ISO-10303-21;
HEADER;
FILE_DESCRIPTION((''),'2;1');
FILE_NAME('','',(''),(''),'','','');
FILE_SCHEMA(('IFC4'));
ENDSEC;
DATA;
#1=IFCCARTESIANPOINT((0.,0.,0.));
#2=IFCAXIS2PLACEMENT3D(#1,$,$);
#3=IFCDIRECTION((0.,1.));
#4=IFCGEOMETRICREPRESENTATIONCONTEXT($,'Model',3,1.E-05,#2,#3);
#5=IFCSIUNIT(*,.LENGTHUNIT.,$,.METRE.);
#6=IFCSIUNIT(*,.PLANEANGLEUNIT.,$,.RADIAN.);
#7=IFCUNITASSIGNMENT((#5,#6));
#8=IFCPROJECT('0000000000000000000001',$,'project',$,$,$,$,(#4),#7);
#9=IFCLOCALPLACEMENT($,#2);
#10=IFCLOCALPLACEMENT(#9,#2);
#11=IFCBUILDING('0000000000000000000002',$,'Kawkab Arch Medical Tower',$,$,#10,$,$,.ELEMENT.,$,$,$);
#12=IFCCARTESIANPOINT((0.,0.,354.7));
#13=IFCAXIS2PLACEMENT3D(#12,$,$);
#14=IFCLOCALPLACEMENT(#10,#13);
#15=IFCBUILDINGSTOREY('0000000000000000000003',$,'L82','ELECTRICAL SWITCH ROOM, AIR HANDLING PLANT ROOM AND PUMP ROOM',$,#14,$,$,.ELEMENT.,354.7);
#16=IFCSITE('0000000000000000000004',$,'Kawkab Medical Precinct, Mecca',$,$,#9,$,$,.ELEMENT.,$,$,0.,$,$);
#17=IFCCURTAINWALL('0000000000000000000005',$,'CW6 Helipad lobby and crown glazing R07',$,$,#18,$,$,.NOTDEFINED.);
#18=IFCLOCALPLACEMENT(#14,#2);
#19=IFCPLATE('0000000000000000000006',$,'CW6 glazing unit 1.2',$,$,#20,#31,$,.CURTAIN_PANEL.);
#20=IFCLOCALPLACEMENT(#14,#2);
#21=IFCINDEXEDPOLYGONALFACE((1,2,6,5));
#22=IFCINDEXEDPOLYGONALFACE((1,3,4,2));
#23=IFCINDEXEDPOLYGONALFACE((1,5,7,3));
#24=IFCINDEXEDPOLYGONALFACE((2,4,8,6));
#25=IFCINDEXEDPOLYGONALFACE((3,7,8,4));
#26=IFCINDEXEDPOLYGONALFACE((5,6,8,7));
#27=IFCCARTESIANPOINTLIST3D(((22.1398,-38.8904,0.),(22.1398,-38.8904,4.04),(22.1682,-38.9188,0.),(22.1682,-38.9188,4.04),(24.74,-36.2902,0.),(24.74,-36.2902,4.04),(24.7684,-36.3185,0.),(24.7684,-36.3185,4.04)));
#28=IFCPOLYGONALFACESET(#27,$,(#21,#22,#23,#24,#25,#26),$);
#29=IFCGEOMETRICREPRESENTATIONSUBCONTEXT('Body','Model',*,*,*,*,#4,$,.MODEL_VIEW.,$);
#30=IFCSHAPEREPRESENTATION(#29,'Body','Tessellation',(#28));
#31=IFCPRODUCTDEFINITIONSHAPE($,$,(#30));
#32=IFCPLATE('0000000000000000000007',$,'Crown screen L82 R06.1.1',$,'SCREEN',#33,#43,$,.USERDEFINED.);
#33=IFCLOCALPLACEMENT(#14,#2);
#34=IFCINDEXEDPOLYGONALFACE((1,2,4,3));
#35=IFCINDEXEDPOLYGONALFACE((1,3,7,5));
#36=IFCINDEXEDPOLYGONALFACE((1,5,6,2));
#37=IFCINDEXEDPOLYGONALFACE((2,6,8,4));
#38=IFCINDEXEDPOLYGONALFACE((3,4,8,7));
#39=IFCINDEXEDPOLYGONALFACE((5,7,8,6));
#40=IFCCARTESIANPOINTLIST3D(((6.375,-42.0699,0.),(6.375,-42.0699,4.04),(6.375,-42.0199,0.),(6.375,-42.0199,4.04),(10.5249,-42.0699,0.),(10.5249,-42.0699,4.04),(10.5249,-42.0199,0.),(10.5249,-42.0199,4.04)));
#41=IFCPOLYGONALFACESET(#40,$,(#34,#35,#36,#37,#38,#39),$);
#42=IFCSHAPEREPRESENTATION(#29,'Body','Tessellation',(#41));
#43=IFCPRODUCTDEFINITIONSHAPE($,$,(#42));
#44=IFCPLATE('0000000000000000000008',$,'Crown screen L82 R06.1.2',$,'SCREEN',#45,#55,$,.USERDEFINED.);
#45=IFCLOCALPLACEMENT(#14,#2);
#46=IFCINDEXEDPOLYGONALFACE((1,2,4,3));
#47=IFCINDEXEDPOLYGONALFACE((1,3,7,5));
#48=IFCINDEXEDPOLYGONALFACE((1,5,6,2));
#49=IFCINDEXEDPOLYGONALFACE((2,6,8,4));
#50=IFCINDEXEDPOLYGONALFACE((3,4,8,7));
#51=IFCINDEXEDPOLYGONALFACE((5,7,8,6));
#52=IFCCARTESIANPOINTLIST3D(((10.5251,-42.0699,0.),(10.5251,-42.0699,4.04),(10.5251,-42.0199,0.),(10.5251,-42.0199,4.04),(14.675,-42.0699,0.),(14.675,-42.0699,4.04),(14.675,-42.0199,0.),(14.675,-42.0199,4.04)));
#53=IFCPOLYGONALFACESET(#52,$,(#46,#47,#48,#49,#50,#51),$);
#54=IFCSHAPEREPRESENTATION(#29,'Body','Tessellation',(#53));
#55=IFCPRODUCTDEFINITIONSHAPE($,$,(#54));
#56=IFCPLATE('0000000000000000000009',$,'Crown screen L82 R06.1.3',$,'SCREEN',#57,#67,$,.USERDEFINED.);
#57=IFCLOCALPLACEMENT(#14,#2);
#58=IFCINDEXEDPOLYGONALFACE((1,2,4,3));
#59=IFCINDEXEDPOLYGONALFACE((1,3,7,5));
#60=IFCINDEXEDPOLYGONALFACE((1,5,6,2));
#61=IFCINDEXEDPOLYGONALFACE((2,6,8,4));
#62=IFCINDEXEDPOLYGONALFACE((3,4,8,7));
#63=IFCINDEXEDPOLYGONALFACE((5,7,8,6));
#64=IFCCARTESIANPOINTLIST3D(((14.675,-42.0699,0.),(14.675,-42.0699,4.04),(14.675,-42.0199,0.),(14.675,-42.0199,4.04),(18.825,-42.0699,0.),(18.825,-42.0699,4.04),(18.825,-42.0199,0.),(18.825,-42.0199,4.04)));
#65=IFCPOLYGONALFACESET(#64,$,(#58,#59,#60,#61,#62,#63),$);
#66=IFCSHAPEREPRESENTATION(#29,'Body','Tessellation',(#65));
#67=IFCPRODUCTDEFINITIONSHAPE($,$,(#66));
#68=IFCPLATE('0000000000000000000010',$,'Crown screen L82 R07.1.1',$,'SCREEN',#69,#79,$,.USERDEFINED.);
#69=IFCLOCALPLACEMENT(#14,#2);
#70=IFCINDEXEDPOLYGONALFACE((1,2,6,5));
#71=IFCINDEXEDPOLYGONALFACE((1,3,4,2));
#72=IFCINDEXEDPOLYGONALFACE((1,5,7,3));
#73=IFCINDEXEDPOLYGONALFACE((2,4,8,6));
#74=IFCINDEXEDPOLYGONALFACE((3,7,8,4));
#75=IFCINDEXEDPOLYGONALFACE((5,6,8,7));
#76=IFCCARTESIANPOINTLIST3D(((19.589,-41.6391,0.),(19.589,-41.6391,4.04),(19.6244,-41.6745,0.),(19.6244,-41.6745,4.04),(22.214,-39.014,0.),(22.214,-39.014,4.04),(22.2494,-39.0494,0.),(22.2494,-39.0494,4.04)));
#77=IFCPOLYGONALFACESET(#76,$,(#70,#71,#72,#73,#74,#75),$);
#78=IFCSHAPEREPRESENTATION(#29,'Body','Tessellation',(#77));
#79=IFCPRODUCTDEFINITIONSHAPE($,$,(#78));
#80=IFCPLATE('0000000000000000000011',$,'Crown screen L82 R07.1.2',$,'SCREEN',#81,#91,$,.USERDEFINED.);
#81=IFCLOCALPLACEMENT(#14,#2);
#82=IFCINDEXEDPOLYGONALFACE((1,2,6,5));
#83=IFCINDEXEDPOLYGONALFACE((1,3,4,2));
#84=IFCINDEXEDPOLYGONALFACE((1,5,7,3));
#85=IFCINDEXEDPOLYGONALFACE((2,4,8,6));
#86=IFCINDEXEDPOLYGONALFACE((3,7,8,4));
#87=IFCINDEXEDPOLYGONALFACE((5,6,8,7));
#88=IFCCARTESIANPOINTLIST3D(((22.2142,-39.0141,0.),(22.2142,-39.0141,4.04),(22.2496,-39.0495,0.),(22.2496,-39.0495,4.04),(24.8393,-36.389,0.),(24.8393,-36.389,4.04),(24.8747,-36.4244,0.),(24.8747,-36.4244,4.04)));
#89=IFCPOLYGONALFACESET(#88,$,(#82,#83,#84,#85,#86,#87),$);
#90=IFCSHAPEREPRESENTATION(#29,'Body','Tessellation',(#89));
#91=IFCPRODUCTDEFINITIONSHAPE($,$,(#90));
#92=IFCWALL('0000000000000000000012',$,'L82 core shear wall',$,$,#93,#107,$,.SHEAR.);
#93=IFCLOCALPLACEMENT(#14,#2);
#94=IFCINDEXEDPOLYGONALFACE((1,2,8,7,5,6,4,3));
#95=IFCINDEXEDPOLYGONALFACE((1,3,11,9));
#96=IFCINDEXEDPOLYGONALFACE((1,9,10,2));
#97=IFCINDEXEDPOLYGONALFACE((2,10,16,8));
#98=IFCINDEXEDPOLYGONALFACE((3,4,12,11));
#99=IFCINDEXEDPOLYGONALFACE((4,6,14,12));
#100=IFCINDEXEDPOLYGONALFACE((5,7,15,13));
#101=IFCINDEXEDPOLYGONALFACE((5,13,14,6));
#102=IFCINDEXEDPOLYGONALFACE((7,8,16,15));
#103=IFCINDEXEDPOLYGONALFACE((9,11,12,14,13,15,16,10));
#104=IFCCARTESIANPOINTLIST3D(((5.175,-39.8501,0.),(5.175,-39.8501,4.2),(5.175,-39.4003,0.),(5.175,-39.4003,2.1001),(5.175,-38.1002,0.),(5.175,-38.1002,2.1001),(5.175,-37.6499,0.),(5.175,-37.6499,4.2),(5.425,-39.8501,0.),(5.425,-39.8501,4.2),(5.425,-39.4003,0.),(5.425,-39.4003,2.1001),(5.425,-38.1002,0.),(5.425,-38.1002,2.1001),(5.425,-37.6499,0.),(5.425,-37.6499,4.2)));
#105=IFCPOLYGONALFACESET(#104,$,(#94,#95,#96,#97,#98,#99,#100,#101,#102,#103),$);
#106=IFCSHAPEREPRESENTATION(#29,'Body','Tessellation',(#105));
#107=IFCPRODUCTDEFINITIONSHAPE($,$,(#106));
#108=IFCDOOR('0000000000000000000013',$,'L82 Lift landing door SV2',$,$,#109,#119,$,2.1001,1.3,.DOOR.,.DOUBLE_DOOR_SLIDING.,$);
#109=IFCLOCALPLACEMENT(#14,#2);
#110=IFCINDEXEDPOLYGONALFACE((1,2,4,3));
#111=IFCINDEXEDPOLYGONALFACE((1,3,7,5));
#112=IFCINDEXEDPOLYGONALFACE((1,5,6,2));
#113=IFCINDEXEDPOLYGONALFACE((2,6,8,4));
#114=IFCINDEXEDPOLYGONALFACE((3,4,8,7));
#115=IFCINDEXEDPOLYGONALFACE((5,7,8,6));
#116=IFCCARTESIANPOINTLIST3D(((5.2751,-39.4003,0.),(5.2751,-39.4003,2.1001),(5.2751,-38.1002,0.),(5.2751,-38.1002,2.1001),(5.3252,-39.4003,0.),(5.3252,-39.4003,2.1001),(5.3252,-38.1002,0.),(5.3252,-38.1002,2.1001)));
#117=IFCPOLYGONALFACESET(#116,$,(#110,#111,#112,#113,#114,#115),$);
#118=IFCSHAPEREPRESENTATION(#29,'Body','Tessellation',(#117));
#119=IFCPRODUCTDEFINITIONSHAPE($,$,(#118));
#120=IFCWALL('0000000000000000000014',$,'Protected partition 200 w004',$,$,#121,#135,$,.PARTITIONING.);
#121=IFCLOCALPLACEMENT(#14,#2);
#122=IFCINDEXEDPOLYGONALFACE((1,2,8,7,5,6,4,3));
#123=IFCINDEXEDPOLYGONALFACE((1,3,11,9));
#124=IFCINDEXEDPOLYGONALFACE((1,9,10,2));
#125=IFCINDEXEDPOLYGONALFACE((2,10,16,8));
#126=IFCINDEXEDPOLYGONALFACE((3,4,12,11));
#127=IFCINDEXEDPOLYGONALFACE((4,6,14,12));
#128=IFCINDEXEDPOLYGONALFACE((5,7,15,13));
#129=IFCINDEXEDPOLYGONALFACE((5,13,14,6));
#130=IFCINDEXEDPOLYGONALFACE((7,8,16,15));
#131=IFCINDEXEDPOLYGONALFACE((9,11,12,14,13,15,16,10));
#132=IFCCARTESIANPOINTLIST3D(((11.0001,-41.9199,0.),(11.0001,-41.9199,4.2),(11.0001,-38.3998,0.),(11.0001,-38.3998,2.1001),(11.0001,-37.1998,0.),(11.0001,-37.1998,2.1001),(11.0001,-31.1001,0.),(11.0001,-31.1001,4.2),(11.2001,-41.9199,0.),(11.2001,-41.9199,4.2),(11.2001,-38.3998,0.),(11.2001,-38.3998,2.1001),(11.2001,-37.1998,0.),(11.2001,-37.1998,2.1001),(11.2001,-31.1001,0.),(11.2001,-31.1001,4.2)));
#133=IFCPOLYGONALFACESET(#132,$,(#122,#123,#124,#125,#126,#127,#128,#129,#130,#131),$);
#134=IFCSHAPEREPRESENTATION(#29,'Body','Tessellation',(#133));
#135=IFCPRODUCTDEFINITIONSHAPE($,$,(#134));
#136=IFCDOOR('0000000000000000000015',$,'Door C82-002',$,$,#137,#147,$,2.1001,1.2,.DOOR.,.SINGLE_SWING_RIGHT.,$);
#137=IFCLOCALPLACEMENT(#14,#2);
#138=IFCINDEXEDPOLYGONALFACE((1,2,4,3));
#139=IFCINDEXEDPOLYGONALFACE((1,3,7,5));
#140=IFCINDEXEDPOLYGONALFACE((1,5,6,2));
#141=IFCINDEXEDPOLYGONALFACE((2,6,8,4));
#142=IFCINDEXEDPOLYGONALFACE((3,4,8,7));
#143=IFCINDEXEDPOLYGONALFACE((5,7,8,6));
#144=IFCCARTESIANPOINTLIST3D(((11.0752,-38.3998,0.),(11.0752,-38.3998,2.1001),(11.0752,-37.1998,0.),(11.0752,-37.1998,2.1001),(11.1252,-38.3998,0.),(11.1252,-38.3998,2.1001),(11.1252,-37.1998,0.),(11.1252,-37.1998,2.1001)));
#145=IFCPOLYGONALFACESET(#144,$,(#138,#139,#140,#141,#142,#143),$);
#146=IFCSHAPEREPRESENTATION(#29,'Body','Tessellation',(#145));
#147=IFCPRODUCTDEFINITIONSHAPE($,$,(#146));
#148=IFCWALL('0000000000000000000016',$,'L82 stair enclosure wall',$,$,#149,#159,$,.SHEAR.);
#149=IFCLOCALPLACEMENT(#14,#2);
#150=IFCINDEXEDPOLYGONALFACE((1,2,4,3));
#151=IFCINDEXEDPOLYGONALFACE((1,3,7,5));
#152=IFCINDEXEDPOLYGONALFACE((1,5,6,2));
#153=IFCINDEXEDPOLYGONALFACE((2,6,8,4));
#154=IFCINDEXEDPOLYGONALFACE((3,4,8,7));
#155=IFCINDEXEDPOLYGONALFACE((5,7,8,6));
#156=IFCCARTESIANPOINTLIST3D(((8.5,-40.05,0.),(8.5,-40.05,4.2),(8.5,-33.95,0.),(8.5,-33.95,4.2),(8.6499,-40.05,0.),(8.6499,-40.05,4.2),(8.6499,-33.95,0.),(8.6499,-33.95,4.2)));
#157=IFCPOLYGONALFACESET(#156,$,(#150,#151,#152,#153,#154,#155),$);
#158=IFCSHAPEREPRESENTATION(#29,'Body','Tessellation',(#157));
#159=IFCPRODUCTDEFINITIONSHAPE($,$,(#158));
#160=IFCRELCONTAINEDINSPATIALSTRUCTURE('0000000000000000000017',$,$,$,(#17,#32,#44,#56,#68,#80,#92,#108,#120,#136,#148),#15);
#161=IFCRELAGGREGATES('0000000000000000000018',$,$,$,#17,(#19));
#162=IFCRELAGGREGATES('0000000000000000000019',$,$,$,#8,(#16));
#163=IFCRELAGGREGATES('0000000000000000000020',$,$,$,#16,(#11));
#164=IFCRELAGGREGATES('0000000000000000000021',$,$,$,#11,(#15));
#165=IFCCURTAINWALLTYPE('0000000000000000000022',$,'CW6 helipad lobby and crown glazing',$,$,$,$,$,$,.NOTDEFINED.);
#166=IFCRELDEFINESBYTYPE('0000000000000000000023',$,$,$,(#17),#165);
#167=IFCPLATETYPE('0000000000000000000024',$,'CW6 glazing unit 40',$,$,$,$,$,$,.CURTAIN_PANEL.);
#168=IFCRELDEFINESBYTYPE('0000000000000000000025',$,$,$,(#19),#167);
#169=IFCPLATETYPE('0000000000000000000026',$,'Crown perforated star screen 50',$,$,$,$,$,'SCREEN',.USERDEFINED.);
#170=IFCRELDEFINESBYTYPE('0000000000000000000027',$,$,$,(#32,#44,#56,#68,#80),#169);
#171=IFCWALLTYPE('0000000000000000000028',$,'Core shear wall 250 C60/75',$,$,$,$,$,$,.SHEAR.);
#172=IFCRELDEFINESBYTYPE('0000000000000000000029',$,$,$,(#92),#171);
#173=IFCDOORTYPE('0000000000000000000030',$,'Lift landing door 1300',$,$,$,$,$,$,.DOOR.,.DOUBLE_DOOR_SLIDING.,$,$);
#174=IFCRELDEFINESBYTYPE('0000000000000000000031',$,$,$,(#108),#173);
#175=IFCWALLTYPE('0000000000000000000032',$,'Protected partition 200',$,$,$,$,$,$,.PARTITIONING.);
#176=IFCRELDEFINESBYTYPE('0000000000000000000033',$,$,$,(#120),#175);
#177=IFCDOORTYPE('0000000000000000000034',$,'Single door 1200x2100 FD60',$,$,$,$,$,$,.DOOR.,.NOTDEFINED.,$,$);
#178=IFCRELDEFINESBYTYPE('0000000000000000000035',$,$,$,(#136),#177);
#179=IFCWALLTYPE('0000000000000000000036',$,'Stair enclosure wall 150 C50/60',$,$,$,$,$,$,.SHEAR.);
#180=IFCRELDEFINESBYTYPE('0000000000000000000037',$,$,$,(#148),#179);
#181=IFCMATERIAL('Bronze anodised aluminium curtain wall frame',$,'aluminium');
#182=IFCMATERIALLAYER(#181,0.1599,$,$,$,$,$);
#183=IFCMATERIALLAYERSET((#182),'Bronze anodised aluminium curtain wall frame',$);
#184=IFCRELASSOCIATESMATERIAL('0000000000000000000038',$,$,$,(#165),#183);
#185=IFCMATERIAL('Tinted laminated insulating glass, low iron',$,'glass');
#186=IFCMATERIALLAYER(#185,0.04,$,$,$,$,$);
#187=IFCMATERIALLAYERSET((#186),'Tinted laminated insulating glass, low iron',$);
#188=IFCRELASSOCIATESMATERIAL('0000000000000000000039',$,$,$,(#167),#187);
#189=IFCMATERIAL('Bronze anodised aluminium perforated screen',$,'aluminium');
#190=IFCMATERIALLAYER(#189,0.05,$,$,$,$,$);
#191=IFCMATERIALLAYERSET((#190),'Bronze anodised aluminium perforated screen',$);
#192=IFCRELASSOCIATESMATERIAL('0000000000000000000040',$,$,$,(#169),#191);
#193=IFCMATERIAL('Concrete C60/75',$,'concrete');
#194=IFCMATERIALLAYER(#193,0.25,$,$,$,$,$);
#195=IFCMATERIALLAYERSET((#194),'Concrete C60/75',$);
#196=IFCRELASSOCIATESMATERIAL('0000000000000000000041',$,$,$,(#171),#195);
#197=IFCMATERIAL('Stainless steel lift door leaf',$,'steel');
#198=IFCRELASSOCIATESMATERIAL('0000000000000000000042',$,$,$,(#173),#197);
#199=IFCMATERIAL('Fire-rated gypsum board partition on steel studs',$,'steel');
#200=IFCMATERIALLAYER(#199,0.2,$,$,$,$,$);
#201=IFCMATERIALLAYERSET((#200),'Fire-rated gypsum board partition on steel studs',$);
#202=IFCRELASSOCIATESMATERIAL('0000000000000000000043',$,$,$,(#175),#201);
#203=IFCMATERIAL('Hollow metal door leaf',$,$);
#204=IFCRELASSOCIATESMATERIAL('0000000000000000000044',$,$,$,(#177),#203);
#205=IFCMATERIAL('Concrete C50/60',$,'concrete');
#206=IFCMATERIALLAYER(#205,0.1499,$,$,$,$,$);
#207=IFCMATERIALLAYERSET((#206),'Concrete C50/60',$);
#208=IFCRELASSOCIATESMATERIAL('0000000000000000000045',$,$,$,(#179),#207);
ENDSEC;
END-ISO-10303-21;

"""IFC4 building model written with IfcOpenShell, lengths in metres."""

from ifc_helpers import new_model, si_unit, direction, frame, frame_2d, origin, origin_2d, place, context, subcontext, project, spatial, rectangle, extrude, material, layer, layer_set, type_object, element, fill, aggregate, save


model = new_model("IFC4")

# Units and contexts
model_context = context("Model", 3, precision=1e-05, world=origin(), true_north=direction((0.0, 1.0)))
body_context = subcontext(model_context, "Body", "Model", "MODEL_VIEW")
ifc_project = project(units=[si_unit("LENGTHUNIT", "METRE"), si_unit("PLANEANGLEUNIT", "RADIAN")], contexts=[model_context])

# Site, building, storey
site_placement = place(None, origin())
site = spatial("IfcSite", under=ifc_project, at=site_placement, Name="Kawkab Medical Precinct, Mecca", CompositionType="ELEMENT", RefElevation=0.0)
building_placement = place(site_placement, origin())
building = spatial("IfcBuilding", under=site, at=building_placement, Name="Kawkab Arch Medical Tower", CompositionType="ELEMENT")
storey_placement = place(building_placement, frame((0.0, 0.0, 354.7)))
storey = spatial("IfcBuildingStorey", under=building, at=storey_placement, Name="L82", Description="ELECTRICAL SWITCH ROOM, AIR HANDLING PLANT ROOM AND PUMP ROOM", CompositionType="ELEMENT", Elevation=354.7)

# Shared definitions
ifc_material_1 = material(Name="Bronze anodised aluminium curtain wall frame", Category="aluminium")
ifc_layer_1 = layer(ifc_material_1, 0.1599)
ifc_layer_set_1 = layer_set([ifc_layer_1], Name="Bronze anodised aluminium curtain wall frame")
curtain_wall_type = type_object("IfcCurtainWallType", Name="CW6 helipad lobby and crown glazing", PredefinedType="NOTDEFINED", material=ifc_layer_set_1)
placement = place(storey_placement, origin())

# Curtain wall
curtain_wall_1 = element("IfcCurtainWall", 1, at=placement, inside=storey, type_object=curtain_wall_type, Name="CW6 Helipad lobby and crown glazing R07", PredefinedType="NOTDEFINED")

# Plate
ifc_material_2 = material(Name="Tinted laminated insulating glass, low iron", Category="glass")
ifc_layer_2 = layer(ifc_material_2, 0.04)
ifc_layer_set_2 = layer_set([ifc_layer_2], Name="Tinted laminated insulating glass, low iron")
plate_type_1 = type_object("IfcPlateType", Name="CW6 glazing unit 40", PredefinedType="CURTAIN_PANEL", material=ifc_layer_set_2)
plate_1_placement = place(storey_placement, frame((23.4541, -37.6045, 0.0), z_axis=(0.0, 0.0, 1.0), x_axis=(0.707107, 0.707107, 0.0)))
plate_1 = element("IfcPlate", 2, at=plate_1_placement, type_object=plate_type_1, Name="CW6 glazing unit 1.2", PredefinedType="CURTAIN_PANEL", context=body_context, shape_type="SweptSolid", body=[
    extrude(rectangle(XDim=3.6772, YDim=0.04, at=origin_2d()), origin(), (0.0, 0.0, 1.0), 4.04),
])
aggregate(curtain_wall_1, [plate_1])

# Plates
ifc_material_3 = material(Name="Bronze anodised aluminium perforated screen", Category="aluminium")
ifc_layer_3 = layer(ifc_material_3, 0.05)
ifc_layer_set_3 = layer_set([ifc_layer_3], Name="Bronze anodised aluminium perforated screen")
plate_type_2 = type_object("IfcPlateType", Name="Crown perforated star screen 50", ElementType="SCREEN", PredefinedType="USERDEFINED", material=ifc_layer_set_3)
for number, where, z_axis, x_axis, name in (
    (3, (8.45, -42.0449, 0.0), (0.0, 0.0, 1.0), (1.0, 0.0, 0.0), "Crown screen L82 R06.1.1"),
    (4, (12.6001, -42.0449, 0.0), (0.0, 0.0, 1.0), (1.0, 0.0, 0.0), "Crown screen L82 R06.1.2"),
    (5, (16.75, -42.0449, 0.0), (0.0, 0.0, 1.0), (1.0, 0.0, 0.0), "Crown screen L82 R06.1.3"),
):
    element("IfcPlate", number, at=place(storey_placement, frame(where, z_axis=z_axis, x_axis=x_axis)), inside=storey, type_object=plate_type_2, Name=name, ObjectType="SCREEN", PredefinedType="USERDEFINED", context=body_context, shape_type="SweptSolid", body=[
        extrude(rectangle(XDim=4.1499, YDim=0.05, at=origin_2d()), origin(), (0.0, 0.0, 1.0), 4.04),
    ])
for number, where, z_axis, x_axis, name in (
    (6, (20.9192, -40.3442, 0.0), (0.0, 0.0, 1.0), (0.707107, 0.707107, 0.0), "Crown screen L82 R07.1.1"),
    (7, (23.5444, -37.7192, 0.0), (0.0, 0.0, 1.0), (0.707107, 0.707107, 0.0), "Crown screen L82 R07.1.2"),
):
    element("IfcPlate", number, at=place(storey_placement, frame(where, z_axis=z_axis, x_axis=x_axis)), inside=storey, type_object=plate_type_2, Name=name, ObjectType="SCREEN", PredefinedType="USERDEFINED", context=body_context, shape_type="SweptSolid", body=[
        extrude(rectangle(XDim=3.7124, YDim=0.05, at=origin_2d()), origin(), (0.0, 0.0, 1.0), 4.04),
    ])

# Walls, openings, doors
ifc_material_4 = material(Name="Concrete C60/75", Category="concrete")
ifc_layer_4 = layer(ifc_material_4, 0.25)
ifc_layer_set_4 = layer_set([ifc_layer_4], Name="Concrete C60/75")
wall_type_1 = type_object("IfcWallType", Name="Core shear wall 250 C60/75", PredefinedType="SHEAR", material=ifc_layer_set_4)
wall_1_placement = place(storey_placement, frame((5.3, -39.8501, 0.0), z_axis=(0.0, 0.0, 1.0), x_axis=(0.0, 1.0, 0.0)))
wall_1 = element("IfcWall", 8, at=wall_1_placement, inside=storey, type_object=wall_type_1, Name="L82 core shear wall", PredefinedType="SHEAR", context=body_context, shape_type="SweptSolid", body=[
    extrude(rectangle(XDim=2.2002, YDim=0.25, at=frame_2d((1.1001, 0.0))), origin(), (0.0, 0.0, 1.0), 4.2),
])
opening_1_placement = place(wall_1_placement, frame((0.45, 0.0, 0.0)))
opening_1 = element("IfcOpeningElement", 9, at=opening_1_placement, cuts=wall_1, PredefinedType="OPENING", context=body_context, shape_type="SweptSolid", body=[
    extrude(rectangle(XDim=1.3, YDim=2.1001, at=frame_2d((0.6499, 1.05))), frame((0.0, 0.135, 0.0), z_axis=(0.0, -1.0, 0.0), x_axis=(1.0, 0.0, 0.0)), (0.0, 0.0, 1.0), 0.27),
])
ifc_material_5 = material(Name="Stainless steel lift door leaf", Category="steel")
door_type_1 = type_object("IfcDoorType", Name="Lift landing door 1300", OperationType="DOUBLE_DOOR_SLIDING", PredefinedType="DOOR", material=ifc_material_5)
door_1_placement = place(opening_1_placement, origin())
door_1 = element("IfcDoor", 10, at=door_1_placement, inside=storey, type_object=door_type_1, Name="L82 Lift landing door SV2", OperationType="DOUBLE_DOOR_SLIDING", OverallHeight=2.1001, OverallWidth=1.3, PredefinedType="DOOR", context=body_context, shape_type="SweptSolid", body=[
    extrude(rectangle(XDim=1.3, YDim=2.1001, at=frame_2d((0.6499, 1.05))), frame((0.0, 0.0249, 0.0), z_axis=(0.0, -1.0, 0.0), x_axis=(1.0, 0.0, 0.0)), (0.0, 0.0, 1.0), 0.05),
])
fill(opening_1, door_1)
ifc_material_6 = material(Name="Fire-rated gypsum board partition on steel studs", Category="steel")
ifc_layer_5 = layer(ifc_material_6, 0.2)
ifc_layer_set_5 = layer_set([ifc_layer_5], Name="Fire-rated gypsum board partition on steel studs")
wall_type_2 = type_object("IfcWallType", Name="Protected partition 200", PredefinedType="PARTITIONING", material=ifc_layer_set_5)
wall_2_placement = place(storey_placement, frame((11.1001, -41.9199, 0.0), z_axis=(0.0, 0.0, 1.0), x_axis=(0.0, 1.0, 0.0)))
wall_2 = element("IfcWall", 11, at=wall_2_placement, inside=storey, type_object=wall_type_2, Name="Protected partition 200 w004", PredefinedType="PARTITIONING", context=body_context, shape_type="SweptSolid", body=[
    extrude(rectangle(XDim=10.8198, YDim=0.2, at=frame_2d((5.4099, 0.0))), origin(), (0.0, 0.0, 1.0), 4.2),
])
opening_2_placement = place(wall_2_placement, frame((3.52, 0.0, 0.0)))
opening_2 = element("IfcOpeningElement", 12, at=opening_2_placement, cuts=wall_2, PredefinedType="OPENING", context=body_context, shape_type="SweptSolid", body=[
    extrude(rectangle(XDim=1.2, YDim=2.1001, at=frame_2d((0.6001, 1.05))), frame((0.0, 0.1099, 0.0), z_axis=(0.0, -1.0, 0.0), x_axis=(1.0, 0.0, 0.0)), (0.0, 0.0, 1.0), 0.22),
])
ifc_material_7 = material(Name="Hollow metal door leaf")
door_type_2 = type_object("IfcDoorType", Name="Single door 1200x2100 FD60", OperationType="NOTDEFINED", PredefinedType="DOOR", material=ifc_material_7)
door_2_placement = place(opening_2_placement, origin())
door_2 = element("IfcDoor", 13, at=door_2_placement, inside=storey, type_object=door_type_2, Name="Door C82-002", OperationType="SINGLE_SWING_RIGHT", OverallHeight=2.1001, OverallWidth=1.2, PredefinedType="DOOR", context=body_context, shape_type="SweptSolid", body=[
    extrude(rectangle(XDim=1.2, YDim=2.1001, at=frame_2d((0.6001, 1.05))), frame((0.0, 0.0249, 0.0), z_axis=(0.0, -1.0, 0.0), x_axis=(1.0, 0.0, 0.0)), (0.0, 0.0, 1.0), 0.05),
])
fill(opening_2, door_2)

# Wall
ifc_material_8 = material(Name="Concrete C50/60", Category="concrete")
ifc_layer_6 = layer(ifc_material_8, 0.1499)
ifc_layer_set_6 = layer_set([ifc_layer_6], Name="Concrete C50/60")
wall_type_3 = type_object("IfcWallType", Name="Stair enclosure wall 150 C50/60", PredefinedType="SHEAR", material=ifc_layer_set_6)
wall_3_placement = place(storey_placement, frame((8.575, -40.05, 0.0), z_axis=(0.0, 0.0, 1.0), x_axis=(0.0, 1.0, 0.0)))
element("IfcWall", 14, at=wall_3_placement, inside=storey, type_object=wall_type_3, Name="L82 stair enclosure wall", PredefinedType="SHEAR", context=body_context, shape_type="SweptSolid", body=[
    extrude(rectangle(XDim=6.1001, YDim=0.1499, at=frame_2d((3.05, 0.0))), origin(), (0.0, 0.0, 1.0), 4.2),
])

save(model, "model.ifc")
